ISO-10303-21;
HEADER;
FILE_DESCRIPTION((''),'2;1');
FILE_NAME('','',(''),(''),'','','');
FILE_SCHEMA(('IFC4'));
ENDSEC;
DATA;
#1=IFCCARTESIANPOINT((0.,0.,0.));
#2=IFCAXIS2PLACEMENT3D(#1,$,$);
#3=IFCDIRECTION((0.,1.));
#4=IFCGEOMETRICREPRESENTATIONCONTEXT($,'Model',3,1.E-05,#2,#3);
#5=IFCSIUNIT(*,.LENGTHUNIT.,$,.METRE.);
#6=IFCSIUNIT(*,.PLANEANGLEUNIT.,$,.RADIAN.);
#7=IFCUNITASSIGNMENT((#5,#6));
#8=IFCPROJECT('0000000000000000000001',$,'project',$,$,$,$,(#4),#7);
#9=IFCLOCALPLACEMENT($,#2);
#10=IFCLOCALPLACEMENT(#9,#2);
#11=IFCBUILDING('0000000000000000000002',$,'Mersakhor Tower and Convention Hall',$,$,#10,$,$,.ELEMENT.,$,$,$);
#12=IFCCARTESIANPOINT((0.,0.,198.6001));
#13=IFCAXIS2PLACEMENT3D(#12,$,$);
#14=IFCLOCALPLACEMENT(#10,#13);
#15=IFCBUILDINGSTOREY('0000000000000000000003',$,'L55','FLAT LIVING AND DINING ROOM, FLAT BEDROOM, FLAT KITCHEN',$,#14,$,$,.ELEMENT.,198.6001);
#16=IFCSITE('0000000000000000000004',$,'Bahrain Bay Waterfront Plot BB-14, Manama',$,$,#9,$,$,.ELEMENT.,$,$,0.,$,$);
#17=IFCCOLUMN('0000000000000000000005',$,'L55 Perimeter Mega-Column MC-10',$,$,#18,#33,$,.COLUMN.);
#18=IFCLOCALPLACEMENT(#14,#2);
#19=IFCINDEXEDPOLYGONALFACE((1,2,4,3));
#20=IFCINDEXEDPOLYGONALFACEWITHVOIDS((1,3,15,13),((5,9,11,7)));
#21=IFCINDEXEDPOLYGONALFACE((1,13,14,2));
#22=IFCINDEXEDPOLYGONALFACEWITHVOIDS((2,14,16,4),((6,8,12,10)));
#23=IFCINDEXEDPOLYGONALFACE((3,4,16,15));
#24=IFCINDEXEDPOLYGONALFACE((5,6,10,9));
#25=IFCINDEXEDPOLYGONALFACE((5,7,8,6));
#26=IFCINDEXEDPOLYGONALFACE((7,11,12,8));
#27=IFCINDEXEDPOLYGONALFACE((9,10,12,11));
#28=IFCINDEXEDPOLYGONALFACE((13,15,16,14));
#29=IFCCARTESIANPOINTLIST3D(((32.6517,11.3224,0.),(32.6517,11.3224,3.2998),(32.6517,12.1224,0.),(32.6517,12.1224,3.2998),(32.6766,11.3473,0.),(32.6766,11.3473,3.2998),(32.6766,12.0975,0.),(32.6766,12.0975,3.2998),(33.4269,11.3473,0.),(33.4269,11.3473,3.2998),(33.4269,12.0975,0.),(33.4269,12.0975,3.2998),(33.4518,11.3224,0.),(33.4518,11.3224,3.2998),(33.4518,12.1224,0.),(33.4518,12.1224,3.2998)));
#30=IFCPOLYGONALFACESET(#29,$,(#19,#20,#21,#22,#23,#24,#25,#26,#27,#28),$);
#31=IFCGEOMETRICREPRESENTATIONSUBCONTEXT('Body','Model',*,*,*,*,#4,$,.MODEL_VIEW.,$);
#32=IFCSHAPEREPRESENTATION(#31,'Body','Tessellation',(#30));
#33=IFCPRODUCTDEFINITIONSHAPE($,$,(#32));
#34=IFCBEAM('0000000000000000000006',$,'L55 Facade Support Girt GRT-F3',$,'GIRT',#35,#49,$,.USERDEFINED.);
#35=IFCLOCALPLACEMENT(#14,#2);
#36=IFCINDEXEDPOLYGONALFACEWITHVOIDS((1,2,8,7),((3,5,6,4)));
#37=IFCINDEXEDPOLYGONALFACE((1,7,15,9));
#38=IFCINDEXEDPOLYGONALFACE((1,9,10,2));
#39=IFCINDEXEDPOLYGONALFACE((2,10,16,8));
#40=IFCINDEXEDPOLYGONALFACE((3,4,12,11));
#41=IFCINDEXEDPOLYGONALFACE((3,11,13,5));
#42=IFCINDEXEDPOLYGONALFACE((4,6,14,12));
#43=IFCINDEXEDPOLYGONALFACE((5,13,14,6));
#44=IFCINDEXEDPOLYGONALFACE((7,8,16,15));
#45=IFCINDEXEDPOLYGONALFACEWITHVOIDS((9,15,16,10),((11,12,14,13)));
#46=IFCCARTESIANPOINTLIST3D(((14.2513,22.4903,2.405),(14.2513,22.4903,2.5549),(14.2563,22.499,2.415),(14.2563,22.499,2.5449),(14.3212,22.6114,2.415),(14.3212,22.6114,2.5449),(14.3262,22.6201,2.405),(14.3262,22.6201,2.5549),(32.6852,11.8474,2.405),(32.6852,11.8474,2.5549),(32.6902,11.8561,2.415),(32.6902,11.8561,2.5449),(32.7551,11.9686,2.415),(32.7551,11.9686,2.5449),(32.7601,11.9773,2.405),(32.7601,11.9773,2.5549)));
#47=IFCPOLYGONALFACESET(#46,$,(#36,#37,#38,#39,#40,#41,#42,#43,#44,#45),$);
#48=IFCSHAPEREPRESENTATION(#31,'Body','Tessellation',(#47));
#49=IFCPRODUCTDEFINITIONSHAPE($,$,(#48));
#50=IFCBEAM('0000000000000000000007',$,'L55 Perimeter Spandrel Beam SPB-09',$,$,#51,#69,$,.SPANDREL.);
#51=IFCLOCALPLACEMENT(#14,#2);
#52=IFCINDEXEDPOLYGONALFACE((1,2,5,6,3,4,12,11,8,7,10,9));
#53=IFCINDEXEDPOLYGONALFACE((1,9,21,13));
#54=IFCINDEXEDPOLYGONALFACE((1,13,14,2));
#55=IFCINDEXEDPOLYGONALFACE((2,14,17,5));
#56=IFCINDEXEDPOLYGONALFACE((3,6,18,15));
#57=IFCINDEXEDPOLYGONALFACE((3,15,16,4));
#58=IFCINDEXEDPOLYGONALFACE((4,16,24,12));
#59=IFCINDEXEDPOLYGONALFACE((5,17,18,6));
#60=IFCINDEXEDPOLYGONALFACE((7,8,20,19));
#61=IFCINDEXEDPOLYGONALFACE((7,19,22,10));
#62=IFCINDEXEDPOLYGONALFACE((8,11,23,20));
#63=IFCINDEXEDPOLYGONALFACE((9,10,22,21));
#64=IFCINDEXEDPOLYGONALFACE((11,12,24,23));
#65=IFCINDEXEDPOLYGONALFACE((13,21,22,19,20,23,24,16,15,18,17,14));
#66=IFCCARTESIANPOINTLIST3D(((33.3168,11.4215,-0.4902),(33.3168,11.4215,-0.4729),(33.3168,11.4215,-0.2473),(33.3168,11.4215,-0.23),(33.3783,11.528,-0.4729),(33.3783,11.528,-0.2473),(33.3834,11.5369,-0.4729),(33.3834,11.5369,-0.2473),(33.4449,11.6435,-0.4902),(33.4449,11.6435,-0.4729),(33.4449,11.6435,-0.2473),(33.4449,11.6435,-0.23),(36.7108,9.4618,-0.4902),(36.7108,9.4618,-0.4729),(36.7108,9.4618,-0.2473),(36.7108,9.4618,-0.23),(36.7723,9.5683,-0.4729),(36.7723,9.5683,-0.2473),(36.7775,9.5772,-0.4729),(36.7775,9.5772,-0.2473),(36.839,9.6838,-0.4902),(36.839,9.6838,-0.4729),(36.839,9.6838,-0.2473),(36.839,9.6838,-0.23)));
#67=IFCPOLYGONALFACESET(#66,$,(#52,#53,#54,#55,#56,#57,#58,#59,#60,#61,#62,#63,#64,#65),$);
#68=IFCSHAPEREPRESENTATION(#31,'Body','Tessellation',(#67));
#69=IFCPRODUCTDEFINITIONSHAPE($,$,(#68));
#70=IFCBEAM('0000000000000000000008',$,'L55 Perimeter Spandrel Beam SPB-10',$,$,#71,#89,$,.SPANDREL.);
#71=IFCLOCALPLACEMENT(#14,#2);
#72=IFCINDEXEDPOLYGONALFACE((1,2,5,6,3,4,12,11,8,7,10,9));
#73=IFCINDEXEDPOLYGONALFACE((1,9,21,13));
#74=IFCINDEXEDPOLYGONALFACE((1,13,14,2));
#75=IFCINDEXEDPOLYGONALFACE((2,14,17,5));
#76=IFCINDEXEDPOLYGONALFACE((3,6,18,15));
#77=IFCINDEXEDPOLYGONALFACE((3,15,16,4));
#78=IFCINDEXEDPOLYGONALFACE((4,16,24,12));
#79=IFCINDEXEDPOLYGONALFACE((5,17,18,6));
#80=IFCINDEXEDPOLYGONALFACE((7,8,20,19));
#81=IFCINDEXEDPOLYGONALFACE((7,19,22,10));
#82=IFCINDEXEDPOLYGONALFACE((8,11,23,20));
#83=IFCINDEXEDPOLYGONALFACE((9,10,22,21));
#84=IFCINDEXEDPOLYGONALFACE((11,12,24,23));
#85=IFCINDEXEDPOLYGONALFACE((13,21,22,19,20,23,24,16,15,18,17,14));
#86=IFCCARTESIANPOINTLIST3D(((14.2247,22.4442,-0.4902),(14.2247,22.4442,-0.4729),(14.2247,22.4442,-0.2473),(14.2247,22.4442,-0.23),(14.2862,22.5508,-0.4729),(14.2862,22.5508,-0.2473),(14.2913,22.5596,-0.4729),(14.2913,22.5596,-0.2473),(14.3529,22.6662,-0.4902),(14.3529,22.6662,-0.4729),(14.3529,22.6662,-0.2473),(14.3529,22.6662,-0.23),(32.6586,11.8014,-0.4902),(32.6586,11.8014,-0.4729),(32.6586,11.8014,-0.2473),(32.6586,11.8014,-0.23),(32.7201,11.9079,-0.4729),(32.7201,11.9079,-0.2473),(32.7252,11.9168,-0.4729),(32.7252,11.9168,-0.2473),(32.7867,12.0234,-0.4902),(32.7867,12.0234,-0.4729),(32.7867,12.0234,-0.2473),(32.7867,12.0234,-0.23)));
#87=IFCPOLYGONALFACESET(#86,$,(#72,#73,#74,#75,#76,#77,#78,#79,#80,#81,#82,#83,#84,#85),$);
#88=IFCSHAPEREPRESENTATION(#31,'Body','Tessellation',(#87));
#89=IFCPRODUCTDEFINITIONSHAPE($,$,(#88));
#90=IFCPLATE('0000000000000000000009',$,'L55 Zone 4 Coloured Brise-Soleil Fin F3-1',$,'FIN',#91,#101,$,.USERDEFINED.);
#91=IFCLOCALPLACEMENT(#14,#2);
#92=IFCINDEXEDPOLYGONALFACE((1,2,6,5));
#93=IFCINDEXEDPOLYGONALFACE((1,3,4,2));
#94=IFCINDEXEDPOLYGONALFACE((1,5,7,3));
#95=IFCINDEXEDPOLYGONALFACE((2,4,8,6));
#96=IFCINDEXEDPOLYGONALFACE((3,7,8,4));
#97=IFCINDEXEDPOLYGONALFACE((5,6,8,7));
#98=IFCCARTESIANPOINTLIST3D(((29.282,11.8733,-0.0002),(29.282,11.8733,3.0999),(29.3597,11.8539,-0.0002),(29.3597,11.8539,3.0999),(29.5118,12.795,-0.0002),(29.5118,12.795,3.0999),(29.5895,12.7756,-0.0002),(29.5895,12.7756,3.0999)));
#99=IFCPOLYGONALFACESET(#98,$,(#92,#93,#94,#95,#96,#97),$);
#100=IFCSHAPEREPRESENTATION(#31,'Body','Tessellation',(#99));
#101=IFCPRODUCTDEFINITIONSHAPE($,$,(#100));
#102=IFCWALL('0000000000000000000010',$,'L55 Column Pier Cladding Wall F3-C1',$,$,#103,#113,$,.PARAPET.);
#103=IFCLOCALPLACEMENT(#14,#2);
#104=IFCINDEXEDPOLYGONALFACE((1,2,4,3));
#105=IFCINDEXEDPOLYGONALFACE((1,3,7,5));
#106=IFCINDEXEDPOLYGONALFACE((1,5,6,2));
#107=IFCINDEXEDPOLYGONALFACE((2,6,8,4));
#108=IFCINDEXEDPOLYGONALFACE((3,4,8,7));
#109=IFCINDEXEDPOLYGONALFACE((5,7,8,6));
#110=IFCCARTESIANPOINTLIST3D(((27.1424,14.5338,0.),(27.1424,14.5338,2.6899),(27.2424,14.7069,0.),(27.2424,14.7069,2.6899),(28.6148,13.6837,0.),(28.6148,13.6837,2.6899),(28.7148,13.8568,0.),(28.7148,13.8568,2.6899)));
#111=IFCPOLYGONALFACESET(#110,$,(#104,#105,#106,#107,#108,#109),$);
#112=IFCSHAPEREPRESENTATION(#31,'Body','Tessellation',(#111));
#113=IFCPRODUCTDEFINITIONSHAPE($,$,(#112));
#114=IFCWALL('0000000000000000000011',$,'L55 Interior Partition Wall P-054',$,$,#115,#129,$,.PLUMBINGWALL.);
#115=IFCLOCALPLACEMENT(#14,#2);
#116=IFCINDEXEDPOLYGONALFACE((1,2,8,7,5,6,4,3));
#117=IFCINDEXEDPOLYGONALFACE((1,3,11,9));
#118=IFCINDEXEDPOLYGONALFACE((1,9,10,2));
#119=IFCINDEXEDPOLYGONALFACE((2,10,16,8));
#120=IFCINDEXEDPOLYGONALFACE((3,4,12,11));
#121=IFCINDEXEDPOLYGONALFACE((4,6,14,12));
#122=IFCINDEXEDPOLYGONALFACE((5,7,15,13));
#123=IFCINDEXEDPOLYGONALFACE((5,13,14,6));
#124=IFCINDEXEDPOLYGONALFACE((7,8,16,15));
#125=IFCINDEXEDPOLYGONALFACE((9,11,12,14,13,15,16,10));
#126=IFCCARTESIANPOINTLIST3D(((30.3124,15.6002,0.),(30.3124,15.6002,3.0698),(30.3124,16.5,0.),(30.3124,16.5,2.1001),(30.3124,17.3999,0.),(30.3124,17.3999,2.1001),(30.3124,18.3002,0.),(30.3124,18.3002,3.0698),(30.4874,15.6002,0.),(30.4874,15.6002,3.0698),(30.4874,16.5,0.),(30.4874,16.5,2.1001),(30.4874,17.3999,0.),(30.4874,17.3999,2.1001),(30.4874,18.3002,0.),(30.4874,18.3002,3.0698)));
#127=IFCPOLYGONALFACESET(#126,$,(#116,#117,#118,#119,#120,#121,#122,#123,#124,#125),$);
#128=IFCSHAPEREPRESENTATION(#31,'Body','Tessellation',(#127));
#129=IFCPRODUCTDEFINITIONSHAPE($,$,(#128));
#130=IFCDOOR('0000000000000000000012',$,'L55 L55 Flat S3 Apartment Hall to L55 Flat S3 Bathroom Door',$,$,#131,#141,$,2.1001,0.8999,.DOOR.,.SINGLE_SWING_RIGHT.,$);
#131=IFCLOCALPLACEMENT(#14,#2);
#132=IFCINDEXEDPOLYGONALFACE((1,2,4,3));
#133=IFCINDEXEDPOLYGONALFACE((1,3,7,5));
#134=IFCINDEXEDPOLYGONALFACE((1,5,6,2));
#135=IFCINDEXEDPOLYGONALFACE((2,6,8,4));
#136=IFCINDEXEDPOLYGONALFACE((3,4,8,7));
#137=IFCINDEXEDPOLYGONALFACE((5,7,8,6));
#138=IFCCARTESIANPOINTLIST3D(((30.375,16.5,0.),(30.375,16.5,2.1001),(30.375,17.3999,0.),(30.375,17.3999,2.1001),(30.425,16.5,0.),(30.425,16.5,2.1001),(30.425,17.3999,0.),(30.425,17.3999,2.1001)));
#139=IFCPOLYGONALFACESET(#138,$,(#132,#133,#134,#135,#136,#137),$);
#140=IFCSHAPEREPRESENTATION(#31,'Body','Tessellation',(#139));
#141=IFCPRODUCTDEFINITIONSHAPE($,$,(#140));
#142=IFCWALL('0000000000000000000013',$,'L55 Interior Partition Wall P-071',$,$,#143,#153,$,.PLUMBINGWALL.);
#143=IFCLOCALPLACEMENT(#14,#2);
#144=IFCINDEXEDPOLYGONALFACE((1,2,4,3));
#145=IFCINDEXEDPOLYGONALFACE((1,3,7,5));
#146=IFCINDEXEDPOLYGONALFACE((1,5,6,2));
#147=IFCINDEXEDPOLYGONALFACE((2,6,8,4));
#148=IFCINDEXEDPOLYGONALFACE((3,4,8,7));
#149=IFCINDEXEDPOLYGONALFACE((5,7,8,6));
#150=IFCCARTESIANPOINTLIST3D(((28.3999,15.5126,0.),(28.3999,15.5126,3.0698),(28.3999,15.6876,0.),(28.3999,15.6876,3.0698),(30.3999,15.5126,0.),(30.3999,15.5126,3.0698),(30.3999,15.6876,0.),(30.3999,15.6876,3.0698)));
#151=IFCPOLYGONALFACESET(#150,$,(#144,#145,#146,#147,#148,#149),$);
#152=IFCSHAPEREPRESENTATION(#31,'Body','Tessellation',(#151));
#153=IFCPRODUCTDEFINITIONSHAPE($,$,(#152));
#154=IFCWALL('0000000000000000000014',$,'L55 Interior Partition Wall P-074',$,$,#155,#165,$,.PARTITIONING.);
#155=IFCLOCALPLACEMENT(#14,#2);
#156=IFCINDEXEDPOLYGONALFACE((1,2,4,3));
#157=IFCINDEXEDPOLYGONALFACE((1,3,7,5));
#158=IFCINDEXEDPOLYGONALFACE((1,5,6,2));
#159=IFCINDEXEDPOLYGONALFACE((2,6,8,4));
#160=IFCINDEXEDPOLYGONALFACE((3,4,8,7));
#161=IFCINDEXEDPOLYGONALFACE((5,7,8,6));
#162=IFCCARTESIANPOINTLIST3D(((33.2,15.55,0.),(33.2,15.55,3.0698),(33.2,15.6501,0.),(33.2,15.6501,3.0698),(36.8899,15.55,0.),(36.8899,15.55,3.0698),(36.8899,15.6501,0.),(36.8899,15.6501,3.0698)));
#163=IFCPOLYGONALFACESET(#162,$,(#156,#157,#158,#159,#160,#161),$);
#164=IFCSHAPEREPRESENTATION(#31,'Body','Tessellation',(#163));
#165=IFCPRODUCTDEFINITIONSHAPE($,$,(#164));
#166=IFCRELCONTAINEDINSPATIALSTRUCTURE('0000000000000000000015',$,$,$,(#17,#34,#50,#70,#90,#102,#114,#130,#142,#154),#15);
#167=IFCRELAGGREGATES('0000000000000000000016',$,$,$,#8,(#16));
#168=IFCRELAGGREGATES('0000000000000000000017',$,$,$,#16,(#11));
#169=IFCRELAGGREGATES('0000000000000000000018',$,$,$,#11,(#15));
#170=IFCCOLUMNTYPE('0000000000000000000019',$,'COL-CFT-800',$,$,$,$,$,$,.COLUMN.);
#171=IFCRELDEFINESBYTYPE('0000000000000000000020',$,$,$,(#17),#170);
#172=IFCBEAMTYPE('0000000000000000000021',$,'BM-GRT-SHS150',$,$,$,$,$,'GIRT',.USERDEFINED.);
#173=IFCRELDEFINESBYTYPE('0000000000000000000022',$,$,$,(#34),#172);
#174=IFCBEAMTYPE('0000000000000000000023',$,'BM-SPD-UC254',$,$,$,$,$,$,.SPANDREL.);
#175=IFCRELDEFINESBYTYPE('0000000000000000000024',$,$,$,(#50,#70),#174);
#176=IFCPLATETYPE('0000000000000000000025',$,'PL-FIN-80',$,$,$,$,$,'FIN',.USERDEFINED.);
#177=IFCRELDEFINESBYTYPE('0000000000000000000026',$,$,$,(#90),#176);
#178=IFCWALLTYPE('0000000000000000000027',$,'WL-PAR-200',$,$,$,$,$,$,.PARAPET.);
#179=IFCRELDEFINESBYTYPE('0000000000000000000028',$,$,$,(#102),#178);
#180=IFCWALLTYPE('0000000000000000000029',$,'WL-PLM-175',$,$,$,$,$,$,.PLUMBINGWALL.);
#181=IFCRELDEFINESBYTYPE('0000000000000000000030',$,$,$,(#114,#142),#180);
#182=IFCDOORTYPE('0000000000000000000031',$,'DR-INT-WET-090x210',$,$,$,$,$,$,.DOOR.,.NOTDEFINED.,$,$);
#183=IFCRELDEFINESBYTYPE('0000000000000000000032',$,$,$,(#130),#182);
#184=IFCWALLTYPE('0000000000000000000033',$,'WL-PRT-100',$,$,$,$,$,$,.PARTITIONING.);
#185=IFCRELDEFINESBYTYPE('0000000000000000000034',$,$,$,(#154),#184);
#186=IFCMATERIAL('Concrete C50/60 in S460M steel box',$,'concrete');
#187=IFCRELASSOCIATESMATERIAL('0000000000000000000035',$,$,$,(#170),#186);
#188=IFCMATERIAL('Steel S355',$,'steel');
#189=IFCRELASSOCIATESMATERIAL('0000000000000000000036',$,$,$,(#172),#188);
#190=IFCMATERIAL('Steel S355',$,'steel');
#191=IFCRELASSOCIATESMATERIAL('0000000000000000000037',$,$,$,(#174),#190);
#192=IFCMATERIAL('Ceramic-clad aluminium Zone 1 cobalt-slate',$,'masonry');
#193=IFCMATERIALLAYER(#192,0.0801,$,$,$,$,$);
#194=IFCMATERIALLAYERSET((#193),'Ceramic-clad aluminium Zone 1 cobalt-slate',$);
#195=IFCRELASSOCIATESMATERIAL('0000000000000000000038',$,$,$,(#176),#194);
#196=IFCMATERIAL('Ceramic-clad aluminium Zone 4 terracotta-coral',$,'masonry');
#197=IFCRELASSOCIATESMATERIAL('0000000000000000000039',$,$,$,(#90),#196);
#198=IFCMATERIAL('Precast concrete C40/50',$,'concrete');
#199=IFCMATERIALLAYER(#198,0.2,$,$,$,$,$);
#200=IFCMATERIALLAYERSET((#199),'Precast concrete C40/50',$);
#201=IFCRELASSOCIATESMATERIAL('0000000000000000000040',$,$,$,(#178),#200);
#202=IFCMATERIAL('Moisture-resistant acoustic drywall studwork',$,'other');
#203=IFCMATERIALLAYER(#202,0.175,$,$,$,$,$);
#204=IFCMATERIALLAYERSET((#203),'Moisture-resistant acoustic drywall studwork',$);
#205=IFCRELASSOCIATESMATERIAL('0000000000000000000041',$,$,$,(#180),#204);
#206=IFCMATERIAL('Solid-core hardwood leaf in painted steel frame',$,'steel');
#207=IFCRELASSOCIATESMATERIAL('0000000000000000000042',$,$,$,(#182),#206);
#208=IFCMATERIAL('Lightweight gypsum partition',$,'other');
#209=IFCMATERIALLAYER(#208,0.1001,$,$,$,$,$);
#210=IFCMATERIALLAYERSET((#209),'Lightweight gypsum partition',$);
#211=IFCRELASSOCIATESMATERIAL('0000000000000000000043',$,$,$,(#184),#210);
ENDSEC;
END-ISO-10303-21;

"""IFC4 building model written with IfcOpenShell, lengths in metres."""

from ifc_helpers import new_model, si_unit, direction, frame, frame_2d, origin, origin_2d, place, context, subcontext, project, spatial, rectangle, hollow_rectangle, i_section, extrude, material, layer, layer_set, material_profile, profile_set, type_object, element, fill, save


model = new_model("IFC4")

# Units and contexts
model_context = context("Model", 3, precision=1e-05, world=origin(), true_north=direction((0.0, 1.0)))
body_context = subcontext(model_context, "Body", "Model", "MODEL_VIEW")
ifc_project = project(units=[si_unit("LENGTHUNIT", "METRE"), si_unit("PLANEANGLEUNIT", "RADIAN")], contexts=[model_context])

# Site, building, storey
site_placement = place(None, origin())
site = spatial("IfcSite", under=ifc_project, at=site_placement, Name="Bahrain Bay Waterfront Plot BB-14, Manama", CompositionType="ELEMENT", RefElevation=0.0)
building_placement = place(site_placement, origin())
building = spatial("IfcBuilding", under=site, at=building_placement, Name="Mersakhor Tower and Convention Hall", CompositionType="ELEMENT")
storey_placement = place(building_placement, frame((0.0, 0.0, 198.6001)))
storey = spatial("IfcBuildingStorey", under=building, at=storey_placement, Name="L55", Description="FLAT LIVING AND DINING ROOM, FLAT BEDROOM, FLAT KITCHEN", CompositionType="ELEMENT", Elevation=198.6001)

# Column
ifc_material_1 = material(Name="Concrete C50/60 in S460M steel box", Category="concrete")
ifc_material_profile_1 = material_profile(ifc_material_1, hollow_rectangle(XDim=0.8, YDim=0.8, WallThickness=0.0249, at=origin_2d()), Name="SHS 800x800x25")
ifc_profile_set_1 = profile_set([ifc_material_profile_1], Name="Concrete C50/60 in S460M steel box")
column_type = type_object("IfcColumnType", Name="COL-CFT-800", PredefinedType="COLUMN", material=ifc_profile_set_1)
column_placement = place(storey_placement, frame((33.0518, 11.7224, 0.0), z_axis=(0.0, 0.0, 1.0), x_axis=(1.0, 0.0, 0.0)))
element("IfcColumn", 1, at=column_placement, inside=storey, type_object=column_type, Name="L55 Perimeter Mega-Column MC-10", PredefinedType="COLUMN", context=body_context, shape_type="SweptSolid", body=[
    extrude(hollow_rectangle(XDim=0.8, YDim=0.8, WallThickness=0.0249, at=origin_2d()), origin(), (0.0, 0.0, 1.0), 3.2998),
])

# Beams
ifc_material_2 = material(Name="Steel S355", Category="steel")
ifc_material_profile_2 = material_profile(ifc_material_2, hollow_rectangle(XDim=0.1499, YDim=0.1499, WallThickness=0.01, at=origin_2d()), Name="SHS 150x150x10")
ifc_profile_set_2 = profile_set([ifc_material_profile_2], Name="Steel S355")
beam_type_1 = type_object("IfcBeamType", Name="BM-GRT-SHS150", ElementType="GIRT", PredefinedType="USERDEFINED", material=ifc_profile_set_2)
beam_1_placement = place(storey_placement, frame((32.7227, 11.9124, 2.48), z_axis=(-0.866025, 0.500001, 0.0), x_axis=(-0.500001, -0.866025, 0.0)))
element("IfcBeam", 2, at=beam_1_placement, inside=storey, type_object=beam_type_1, Name="L55 Facade Support Girt GRT-F3", ObjectType="GIRT", PredefinedType="USERDEFINED", context=body_context, shape_type="SweptSolid", body=[
    extrude(hollow_rectangle(XDim=0.1499, YDim=0.1499, WallThickness=0.01, at=origin_2d()), origin(), (0.0, 0.0, 1.0), 21.2856),
])
ifc_material_3 = material(Name="Steel S355", Category="steel")
ifc_material_profile_3 = material_profile(ifc_material_3, i_section(OverallWidth=0.2563, OverallDepth=0.2603, WebThickness=0.0103, FlangeThickness=0.0173, at=origin_2d()), Name="UC 254x254x89")
ifc_profile_set_3 = profile_set([ifc_material_profile_3], Name="Steel S355")
beam_type_2 = type_object("IfcBeamType", Name="BM-SPD-UC254", PredefinedType="SPANDREL", material=ifc_profile_set_3)
beam_2_placement = place(storey_placement, frame((36.7749, 9.5728, -0.3601), z_axis=(-0.866007, 0.500032, 0.0), x_axis=(-0.500032, -0.866007, 0.0)))
element("IfcBeam", 3, at=beam_2_placement, inside=storey, type_object=beam_type_2, Name="L55 Perimeter Spandrel Beam SPB-09", PredefinedType="SPANDREL", context=body_context, shape_type="SweptSolid", body=[
    extrude(i_section(OverallWidth=0.2563, OverallDepth=0.2603, WebThickness=0.0103, FlangeThickness=0.0173, at=origin_2d()), origin(), (0.0, 0.0, 1.0), 3.9192),
])
beam_3_placement = place(storey_placement, frame((32.7227, 11.9124, -0.3601), z_axis=(-0.866025, 0.500001, 0.0), x_axis=(-0.500001, -0.866025, 0.0)))
element("IfcBeam", 4, at=beam_3_placement, inside=storey, type_object=beam_type_2, Name="L55 Perimeter Spandrel Beam SPB-10", PredefinedType="SPANDREL", context=body_context, shape_type="SweptSolid", body=[
    extrude(i_section(OverallWidth=0.2563, OverallDepth=0.2603, WebThickness=0.0103, FlangeThickness=0.0173, at=origin_2d()), origin(), (0.0, 0.0, 1.0), 21.2856),
])

# Plate
ifc_material_4 = material(Name="Ceramic-clad aluminium Zone 4 terracotta-coral", Category="masonry")
ifc_material_5 = material(Name="Ceramic-clad aluminium Zone 1 cobalt-slate", Category="masonry")
ifc_layer_1 = layer(ifc_material_5, 0.0801)
ifc_layer_set_1 = layer_set([ifc_layer_1], Name="Ceramic-clad aluminium Zone 1 cobalt-slate")
plate_type = type_object("IfcPlateType", Name="PL-FIN-80", ElementType="FIN", PredefinedType="USERDEFINED", material=ifc_layer_set_1)
plate_placement = place(storey_placement, frame((29.4358, 12.3245, -0.0002), z_axis=(0.0, 0.0, 1.0), x_axis=(-0.241922, -0.970296, 0.0)))
element("IfcPlate", 5, at=plate_placement, inside=storey, type_object=plate_type, material=ifc_material_4, Name="L55 Zone 4 Coloured Brise-Soleil Fin F3-1", ObjectType="FIN", PredefinedType="USERDEFINED", context=body_context, shape_type="SweptSolid", body=[
    extrude(rectangle(XDim=0.95, YDim=0.0801, at=origin_2d()), origin(), (0.0, 0.0, 1.0), 3.1001),
])

# Wall
ifc_material_6 = material(Name="Precast concrete C40/50", Category="concrete")
ifc_layer_2 = layer(ifc_material_6, 0.2)
ifc_layer_set_2 = layer_set([ifc_layer_2], Name="Precast concrete C40/50")
wall_type_1 = type_object("IfcWallType", Name="WL-PAR-200", PredefinedType="PARAPET", material=ifc_layer_set_2)
wall_1_placement = place(storey_placement, frame((28.6648, 13.7703, 0.0), z_axis=(0.0, 0.0, 1.0), x_axis=(-0.866025, 0.5, 0.0)))
element("IfcWall", 6, at=wall_1_placement, inside=storey, type_object=wall_type_1, Name="L55 Column Pier Cladding Wall F3-C1", PredefinedType="PARAPET", context=body_context, shape_type="SweptSolid", body=[
    extrude(rectangle(XDim=1.7002, YDim=0.2, at=frame_2d((0.8501, 0.0))), origin(), (0.0, 0.0, 1.0), 2.6899),
])

# Wall, opening, door
ifc_material_7 = material(Name="Moisture-resistant acoustic drywall studwork", Category="other")
ifc_layer_3 = layer(ifc_material_7, 0.175)
ifc_layer_set_3 = layer_set([ifc_layer_3], Name="Moisture-resistant acoustic drywall studwork")
wall_type_2 = type_object("IfcWallType", Name="WL-PLM-175", PredefinedType="PLUMBINGWALL", material=ifc_layer_set_3)
wall_2_placement = place(storey_placement, frame((30.3999, 15.6001, 0.0), z_axis=(0.0, 0.0, 1.0), x_axis=(0.0, 1.0, 0.0)))
wall_2 = element("IfcWall", 7, at=wall_2_placement, inside=storey, type_object=wall_type_2, Name="L55 Interior Partition Wall P-054", PredefinedType="PLUMBINGWALL", context=body_context, shape_type="SweptSolid", body=[
    extrude(rectangle(XDim=2.7, YDim=0.175, at=frame_2d((1.3501, 0.0))), origin(), (0.0, 0.0, 1.0), 3.0698),
])
opening_1_placement = place(wall_2_placement, frame((0.8999, 0.0, 0.0)))
opening_1 = element("IfcOpeningElement", 8, at=opening_1_placement, cuts=wall_2, PredefinedType="OPENING", context=body_context, shape_type="SweptSolid", body=[
    extrude(rectangle(XDim=0.8999, YDim=2.1001, at=frame_2d((0.45, 1.05))), frame((0.0, 0.0974, 0.0), z_axis=(0.0, -1.0, 0.0), x_axis=(1.0, 0.0, 0.0)), (0.0, 0.0, 1.0), 0.1951),
])
ifc_material_8 = material(Name="Solid-core hardwood leaf in painted steel frame", Category="steel")
door_type_1 = type_object("IfcDoorType", Name="DR-INT-WET-090x210", OperationType="NOTDEFINED", PredefinedType="DOOR", material=ifc_material_8)
door_1_placement = place(opening_1_placement, origin())
door_1 = element("IfcDoor", 9, at=door_1_placement, inside=storey, type_object=door_type_1, Name="L55 L55 Flat S3 Apartment Hall to L55 Flat S3 Bathroom Door", OperationType="SINGLE_SWING_RIGHT", OverallHeight=2.1001, OverallWidth=0.8999, PredefinedType="DOOR", context=body_context, shape_type="SweptSolid", body=[
    extrude(rectangle(XDim=0.8999, YDim=2.1001, at=frame_2d((0.45, 1.05))), frame((0.0, 0.0249, 0.0), z_axis=(0.0, -1.0, 0.0), x_axis=(1.0, 0.0, 0.0)), (0.0, 0.0, 1.0), 0.05),
])
fill(opening_1, door_1)

# Walls
wall_3_placement = place(storey_placement, frame((30.3999, 15.6001, 0.0), z_axis=(0.0, 0.0, 1.0), x_axis=(-1.0, 0.0, 0.0)))
element("IfcWall", 10, at=wall_3_placement, inside=storey, type_object=wall_type_2, Name="L55 Interior Partition Wall P-071", PredefinedType="PLUMBINGWALL", context=body_context, shape_type="SweptSolid", body=[
    extrude(rectangle(XDim=2.0, YDim=0.175, at=frame_2d((1.0, 0.0))), origin(), (0.0, 0.0, 1.0), 3.0698),
])
ifc_material_9 = material(Name="Lightweight gypsum partition", Category="other")
ifc_layer_4 = layer(ifc_material_9, 0.1001)
ifc_layer_set_4 = layer_set([ifc_layer_4], Name="Lightweight gypsum partition")
wall_type_3 = type_object("IfcWallType", Name="WL-PRT-100", PredefinedType="PARTITIONING", material=ifc_layer_set_4)
wall_4_placement = place(storey_placement, frame((36.8899, 15.6001, 0.0), z_axis=(0.0, 0.0, 1.0), x_axis=(-1.0, 0.0, 0.0)))
element("IfcWall", 11, at=wall_4_placement, inside=storey, type_object=wall_type_3, Name="L55 Interior Partition Wall P-074", PredefinedType="PARTITIONING", context=body_context, shape_type="SweptSolid", body=[
    extrude(rectangle(XDim=3.6899, YDim=0.1001, at=frame_2d((1.845, 0.0))), origin(), (0.0, 0.0, 1.0), 3.0698),
])

save(model, "model.ifc")
